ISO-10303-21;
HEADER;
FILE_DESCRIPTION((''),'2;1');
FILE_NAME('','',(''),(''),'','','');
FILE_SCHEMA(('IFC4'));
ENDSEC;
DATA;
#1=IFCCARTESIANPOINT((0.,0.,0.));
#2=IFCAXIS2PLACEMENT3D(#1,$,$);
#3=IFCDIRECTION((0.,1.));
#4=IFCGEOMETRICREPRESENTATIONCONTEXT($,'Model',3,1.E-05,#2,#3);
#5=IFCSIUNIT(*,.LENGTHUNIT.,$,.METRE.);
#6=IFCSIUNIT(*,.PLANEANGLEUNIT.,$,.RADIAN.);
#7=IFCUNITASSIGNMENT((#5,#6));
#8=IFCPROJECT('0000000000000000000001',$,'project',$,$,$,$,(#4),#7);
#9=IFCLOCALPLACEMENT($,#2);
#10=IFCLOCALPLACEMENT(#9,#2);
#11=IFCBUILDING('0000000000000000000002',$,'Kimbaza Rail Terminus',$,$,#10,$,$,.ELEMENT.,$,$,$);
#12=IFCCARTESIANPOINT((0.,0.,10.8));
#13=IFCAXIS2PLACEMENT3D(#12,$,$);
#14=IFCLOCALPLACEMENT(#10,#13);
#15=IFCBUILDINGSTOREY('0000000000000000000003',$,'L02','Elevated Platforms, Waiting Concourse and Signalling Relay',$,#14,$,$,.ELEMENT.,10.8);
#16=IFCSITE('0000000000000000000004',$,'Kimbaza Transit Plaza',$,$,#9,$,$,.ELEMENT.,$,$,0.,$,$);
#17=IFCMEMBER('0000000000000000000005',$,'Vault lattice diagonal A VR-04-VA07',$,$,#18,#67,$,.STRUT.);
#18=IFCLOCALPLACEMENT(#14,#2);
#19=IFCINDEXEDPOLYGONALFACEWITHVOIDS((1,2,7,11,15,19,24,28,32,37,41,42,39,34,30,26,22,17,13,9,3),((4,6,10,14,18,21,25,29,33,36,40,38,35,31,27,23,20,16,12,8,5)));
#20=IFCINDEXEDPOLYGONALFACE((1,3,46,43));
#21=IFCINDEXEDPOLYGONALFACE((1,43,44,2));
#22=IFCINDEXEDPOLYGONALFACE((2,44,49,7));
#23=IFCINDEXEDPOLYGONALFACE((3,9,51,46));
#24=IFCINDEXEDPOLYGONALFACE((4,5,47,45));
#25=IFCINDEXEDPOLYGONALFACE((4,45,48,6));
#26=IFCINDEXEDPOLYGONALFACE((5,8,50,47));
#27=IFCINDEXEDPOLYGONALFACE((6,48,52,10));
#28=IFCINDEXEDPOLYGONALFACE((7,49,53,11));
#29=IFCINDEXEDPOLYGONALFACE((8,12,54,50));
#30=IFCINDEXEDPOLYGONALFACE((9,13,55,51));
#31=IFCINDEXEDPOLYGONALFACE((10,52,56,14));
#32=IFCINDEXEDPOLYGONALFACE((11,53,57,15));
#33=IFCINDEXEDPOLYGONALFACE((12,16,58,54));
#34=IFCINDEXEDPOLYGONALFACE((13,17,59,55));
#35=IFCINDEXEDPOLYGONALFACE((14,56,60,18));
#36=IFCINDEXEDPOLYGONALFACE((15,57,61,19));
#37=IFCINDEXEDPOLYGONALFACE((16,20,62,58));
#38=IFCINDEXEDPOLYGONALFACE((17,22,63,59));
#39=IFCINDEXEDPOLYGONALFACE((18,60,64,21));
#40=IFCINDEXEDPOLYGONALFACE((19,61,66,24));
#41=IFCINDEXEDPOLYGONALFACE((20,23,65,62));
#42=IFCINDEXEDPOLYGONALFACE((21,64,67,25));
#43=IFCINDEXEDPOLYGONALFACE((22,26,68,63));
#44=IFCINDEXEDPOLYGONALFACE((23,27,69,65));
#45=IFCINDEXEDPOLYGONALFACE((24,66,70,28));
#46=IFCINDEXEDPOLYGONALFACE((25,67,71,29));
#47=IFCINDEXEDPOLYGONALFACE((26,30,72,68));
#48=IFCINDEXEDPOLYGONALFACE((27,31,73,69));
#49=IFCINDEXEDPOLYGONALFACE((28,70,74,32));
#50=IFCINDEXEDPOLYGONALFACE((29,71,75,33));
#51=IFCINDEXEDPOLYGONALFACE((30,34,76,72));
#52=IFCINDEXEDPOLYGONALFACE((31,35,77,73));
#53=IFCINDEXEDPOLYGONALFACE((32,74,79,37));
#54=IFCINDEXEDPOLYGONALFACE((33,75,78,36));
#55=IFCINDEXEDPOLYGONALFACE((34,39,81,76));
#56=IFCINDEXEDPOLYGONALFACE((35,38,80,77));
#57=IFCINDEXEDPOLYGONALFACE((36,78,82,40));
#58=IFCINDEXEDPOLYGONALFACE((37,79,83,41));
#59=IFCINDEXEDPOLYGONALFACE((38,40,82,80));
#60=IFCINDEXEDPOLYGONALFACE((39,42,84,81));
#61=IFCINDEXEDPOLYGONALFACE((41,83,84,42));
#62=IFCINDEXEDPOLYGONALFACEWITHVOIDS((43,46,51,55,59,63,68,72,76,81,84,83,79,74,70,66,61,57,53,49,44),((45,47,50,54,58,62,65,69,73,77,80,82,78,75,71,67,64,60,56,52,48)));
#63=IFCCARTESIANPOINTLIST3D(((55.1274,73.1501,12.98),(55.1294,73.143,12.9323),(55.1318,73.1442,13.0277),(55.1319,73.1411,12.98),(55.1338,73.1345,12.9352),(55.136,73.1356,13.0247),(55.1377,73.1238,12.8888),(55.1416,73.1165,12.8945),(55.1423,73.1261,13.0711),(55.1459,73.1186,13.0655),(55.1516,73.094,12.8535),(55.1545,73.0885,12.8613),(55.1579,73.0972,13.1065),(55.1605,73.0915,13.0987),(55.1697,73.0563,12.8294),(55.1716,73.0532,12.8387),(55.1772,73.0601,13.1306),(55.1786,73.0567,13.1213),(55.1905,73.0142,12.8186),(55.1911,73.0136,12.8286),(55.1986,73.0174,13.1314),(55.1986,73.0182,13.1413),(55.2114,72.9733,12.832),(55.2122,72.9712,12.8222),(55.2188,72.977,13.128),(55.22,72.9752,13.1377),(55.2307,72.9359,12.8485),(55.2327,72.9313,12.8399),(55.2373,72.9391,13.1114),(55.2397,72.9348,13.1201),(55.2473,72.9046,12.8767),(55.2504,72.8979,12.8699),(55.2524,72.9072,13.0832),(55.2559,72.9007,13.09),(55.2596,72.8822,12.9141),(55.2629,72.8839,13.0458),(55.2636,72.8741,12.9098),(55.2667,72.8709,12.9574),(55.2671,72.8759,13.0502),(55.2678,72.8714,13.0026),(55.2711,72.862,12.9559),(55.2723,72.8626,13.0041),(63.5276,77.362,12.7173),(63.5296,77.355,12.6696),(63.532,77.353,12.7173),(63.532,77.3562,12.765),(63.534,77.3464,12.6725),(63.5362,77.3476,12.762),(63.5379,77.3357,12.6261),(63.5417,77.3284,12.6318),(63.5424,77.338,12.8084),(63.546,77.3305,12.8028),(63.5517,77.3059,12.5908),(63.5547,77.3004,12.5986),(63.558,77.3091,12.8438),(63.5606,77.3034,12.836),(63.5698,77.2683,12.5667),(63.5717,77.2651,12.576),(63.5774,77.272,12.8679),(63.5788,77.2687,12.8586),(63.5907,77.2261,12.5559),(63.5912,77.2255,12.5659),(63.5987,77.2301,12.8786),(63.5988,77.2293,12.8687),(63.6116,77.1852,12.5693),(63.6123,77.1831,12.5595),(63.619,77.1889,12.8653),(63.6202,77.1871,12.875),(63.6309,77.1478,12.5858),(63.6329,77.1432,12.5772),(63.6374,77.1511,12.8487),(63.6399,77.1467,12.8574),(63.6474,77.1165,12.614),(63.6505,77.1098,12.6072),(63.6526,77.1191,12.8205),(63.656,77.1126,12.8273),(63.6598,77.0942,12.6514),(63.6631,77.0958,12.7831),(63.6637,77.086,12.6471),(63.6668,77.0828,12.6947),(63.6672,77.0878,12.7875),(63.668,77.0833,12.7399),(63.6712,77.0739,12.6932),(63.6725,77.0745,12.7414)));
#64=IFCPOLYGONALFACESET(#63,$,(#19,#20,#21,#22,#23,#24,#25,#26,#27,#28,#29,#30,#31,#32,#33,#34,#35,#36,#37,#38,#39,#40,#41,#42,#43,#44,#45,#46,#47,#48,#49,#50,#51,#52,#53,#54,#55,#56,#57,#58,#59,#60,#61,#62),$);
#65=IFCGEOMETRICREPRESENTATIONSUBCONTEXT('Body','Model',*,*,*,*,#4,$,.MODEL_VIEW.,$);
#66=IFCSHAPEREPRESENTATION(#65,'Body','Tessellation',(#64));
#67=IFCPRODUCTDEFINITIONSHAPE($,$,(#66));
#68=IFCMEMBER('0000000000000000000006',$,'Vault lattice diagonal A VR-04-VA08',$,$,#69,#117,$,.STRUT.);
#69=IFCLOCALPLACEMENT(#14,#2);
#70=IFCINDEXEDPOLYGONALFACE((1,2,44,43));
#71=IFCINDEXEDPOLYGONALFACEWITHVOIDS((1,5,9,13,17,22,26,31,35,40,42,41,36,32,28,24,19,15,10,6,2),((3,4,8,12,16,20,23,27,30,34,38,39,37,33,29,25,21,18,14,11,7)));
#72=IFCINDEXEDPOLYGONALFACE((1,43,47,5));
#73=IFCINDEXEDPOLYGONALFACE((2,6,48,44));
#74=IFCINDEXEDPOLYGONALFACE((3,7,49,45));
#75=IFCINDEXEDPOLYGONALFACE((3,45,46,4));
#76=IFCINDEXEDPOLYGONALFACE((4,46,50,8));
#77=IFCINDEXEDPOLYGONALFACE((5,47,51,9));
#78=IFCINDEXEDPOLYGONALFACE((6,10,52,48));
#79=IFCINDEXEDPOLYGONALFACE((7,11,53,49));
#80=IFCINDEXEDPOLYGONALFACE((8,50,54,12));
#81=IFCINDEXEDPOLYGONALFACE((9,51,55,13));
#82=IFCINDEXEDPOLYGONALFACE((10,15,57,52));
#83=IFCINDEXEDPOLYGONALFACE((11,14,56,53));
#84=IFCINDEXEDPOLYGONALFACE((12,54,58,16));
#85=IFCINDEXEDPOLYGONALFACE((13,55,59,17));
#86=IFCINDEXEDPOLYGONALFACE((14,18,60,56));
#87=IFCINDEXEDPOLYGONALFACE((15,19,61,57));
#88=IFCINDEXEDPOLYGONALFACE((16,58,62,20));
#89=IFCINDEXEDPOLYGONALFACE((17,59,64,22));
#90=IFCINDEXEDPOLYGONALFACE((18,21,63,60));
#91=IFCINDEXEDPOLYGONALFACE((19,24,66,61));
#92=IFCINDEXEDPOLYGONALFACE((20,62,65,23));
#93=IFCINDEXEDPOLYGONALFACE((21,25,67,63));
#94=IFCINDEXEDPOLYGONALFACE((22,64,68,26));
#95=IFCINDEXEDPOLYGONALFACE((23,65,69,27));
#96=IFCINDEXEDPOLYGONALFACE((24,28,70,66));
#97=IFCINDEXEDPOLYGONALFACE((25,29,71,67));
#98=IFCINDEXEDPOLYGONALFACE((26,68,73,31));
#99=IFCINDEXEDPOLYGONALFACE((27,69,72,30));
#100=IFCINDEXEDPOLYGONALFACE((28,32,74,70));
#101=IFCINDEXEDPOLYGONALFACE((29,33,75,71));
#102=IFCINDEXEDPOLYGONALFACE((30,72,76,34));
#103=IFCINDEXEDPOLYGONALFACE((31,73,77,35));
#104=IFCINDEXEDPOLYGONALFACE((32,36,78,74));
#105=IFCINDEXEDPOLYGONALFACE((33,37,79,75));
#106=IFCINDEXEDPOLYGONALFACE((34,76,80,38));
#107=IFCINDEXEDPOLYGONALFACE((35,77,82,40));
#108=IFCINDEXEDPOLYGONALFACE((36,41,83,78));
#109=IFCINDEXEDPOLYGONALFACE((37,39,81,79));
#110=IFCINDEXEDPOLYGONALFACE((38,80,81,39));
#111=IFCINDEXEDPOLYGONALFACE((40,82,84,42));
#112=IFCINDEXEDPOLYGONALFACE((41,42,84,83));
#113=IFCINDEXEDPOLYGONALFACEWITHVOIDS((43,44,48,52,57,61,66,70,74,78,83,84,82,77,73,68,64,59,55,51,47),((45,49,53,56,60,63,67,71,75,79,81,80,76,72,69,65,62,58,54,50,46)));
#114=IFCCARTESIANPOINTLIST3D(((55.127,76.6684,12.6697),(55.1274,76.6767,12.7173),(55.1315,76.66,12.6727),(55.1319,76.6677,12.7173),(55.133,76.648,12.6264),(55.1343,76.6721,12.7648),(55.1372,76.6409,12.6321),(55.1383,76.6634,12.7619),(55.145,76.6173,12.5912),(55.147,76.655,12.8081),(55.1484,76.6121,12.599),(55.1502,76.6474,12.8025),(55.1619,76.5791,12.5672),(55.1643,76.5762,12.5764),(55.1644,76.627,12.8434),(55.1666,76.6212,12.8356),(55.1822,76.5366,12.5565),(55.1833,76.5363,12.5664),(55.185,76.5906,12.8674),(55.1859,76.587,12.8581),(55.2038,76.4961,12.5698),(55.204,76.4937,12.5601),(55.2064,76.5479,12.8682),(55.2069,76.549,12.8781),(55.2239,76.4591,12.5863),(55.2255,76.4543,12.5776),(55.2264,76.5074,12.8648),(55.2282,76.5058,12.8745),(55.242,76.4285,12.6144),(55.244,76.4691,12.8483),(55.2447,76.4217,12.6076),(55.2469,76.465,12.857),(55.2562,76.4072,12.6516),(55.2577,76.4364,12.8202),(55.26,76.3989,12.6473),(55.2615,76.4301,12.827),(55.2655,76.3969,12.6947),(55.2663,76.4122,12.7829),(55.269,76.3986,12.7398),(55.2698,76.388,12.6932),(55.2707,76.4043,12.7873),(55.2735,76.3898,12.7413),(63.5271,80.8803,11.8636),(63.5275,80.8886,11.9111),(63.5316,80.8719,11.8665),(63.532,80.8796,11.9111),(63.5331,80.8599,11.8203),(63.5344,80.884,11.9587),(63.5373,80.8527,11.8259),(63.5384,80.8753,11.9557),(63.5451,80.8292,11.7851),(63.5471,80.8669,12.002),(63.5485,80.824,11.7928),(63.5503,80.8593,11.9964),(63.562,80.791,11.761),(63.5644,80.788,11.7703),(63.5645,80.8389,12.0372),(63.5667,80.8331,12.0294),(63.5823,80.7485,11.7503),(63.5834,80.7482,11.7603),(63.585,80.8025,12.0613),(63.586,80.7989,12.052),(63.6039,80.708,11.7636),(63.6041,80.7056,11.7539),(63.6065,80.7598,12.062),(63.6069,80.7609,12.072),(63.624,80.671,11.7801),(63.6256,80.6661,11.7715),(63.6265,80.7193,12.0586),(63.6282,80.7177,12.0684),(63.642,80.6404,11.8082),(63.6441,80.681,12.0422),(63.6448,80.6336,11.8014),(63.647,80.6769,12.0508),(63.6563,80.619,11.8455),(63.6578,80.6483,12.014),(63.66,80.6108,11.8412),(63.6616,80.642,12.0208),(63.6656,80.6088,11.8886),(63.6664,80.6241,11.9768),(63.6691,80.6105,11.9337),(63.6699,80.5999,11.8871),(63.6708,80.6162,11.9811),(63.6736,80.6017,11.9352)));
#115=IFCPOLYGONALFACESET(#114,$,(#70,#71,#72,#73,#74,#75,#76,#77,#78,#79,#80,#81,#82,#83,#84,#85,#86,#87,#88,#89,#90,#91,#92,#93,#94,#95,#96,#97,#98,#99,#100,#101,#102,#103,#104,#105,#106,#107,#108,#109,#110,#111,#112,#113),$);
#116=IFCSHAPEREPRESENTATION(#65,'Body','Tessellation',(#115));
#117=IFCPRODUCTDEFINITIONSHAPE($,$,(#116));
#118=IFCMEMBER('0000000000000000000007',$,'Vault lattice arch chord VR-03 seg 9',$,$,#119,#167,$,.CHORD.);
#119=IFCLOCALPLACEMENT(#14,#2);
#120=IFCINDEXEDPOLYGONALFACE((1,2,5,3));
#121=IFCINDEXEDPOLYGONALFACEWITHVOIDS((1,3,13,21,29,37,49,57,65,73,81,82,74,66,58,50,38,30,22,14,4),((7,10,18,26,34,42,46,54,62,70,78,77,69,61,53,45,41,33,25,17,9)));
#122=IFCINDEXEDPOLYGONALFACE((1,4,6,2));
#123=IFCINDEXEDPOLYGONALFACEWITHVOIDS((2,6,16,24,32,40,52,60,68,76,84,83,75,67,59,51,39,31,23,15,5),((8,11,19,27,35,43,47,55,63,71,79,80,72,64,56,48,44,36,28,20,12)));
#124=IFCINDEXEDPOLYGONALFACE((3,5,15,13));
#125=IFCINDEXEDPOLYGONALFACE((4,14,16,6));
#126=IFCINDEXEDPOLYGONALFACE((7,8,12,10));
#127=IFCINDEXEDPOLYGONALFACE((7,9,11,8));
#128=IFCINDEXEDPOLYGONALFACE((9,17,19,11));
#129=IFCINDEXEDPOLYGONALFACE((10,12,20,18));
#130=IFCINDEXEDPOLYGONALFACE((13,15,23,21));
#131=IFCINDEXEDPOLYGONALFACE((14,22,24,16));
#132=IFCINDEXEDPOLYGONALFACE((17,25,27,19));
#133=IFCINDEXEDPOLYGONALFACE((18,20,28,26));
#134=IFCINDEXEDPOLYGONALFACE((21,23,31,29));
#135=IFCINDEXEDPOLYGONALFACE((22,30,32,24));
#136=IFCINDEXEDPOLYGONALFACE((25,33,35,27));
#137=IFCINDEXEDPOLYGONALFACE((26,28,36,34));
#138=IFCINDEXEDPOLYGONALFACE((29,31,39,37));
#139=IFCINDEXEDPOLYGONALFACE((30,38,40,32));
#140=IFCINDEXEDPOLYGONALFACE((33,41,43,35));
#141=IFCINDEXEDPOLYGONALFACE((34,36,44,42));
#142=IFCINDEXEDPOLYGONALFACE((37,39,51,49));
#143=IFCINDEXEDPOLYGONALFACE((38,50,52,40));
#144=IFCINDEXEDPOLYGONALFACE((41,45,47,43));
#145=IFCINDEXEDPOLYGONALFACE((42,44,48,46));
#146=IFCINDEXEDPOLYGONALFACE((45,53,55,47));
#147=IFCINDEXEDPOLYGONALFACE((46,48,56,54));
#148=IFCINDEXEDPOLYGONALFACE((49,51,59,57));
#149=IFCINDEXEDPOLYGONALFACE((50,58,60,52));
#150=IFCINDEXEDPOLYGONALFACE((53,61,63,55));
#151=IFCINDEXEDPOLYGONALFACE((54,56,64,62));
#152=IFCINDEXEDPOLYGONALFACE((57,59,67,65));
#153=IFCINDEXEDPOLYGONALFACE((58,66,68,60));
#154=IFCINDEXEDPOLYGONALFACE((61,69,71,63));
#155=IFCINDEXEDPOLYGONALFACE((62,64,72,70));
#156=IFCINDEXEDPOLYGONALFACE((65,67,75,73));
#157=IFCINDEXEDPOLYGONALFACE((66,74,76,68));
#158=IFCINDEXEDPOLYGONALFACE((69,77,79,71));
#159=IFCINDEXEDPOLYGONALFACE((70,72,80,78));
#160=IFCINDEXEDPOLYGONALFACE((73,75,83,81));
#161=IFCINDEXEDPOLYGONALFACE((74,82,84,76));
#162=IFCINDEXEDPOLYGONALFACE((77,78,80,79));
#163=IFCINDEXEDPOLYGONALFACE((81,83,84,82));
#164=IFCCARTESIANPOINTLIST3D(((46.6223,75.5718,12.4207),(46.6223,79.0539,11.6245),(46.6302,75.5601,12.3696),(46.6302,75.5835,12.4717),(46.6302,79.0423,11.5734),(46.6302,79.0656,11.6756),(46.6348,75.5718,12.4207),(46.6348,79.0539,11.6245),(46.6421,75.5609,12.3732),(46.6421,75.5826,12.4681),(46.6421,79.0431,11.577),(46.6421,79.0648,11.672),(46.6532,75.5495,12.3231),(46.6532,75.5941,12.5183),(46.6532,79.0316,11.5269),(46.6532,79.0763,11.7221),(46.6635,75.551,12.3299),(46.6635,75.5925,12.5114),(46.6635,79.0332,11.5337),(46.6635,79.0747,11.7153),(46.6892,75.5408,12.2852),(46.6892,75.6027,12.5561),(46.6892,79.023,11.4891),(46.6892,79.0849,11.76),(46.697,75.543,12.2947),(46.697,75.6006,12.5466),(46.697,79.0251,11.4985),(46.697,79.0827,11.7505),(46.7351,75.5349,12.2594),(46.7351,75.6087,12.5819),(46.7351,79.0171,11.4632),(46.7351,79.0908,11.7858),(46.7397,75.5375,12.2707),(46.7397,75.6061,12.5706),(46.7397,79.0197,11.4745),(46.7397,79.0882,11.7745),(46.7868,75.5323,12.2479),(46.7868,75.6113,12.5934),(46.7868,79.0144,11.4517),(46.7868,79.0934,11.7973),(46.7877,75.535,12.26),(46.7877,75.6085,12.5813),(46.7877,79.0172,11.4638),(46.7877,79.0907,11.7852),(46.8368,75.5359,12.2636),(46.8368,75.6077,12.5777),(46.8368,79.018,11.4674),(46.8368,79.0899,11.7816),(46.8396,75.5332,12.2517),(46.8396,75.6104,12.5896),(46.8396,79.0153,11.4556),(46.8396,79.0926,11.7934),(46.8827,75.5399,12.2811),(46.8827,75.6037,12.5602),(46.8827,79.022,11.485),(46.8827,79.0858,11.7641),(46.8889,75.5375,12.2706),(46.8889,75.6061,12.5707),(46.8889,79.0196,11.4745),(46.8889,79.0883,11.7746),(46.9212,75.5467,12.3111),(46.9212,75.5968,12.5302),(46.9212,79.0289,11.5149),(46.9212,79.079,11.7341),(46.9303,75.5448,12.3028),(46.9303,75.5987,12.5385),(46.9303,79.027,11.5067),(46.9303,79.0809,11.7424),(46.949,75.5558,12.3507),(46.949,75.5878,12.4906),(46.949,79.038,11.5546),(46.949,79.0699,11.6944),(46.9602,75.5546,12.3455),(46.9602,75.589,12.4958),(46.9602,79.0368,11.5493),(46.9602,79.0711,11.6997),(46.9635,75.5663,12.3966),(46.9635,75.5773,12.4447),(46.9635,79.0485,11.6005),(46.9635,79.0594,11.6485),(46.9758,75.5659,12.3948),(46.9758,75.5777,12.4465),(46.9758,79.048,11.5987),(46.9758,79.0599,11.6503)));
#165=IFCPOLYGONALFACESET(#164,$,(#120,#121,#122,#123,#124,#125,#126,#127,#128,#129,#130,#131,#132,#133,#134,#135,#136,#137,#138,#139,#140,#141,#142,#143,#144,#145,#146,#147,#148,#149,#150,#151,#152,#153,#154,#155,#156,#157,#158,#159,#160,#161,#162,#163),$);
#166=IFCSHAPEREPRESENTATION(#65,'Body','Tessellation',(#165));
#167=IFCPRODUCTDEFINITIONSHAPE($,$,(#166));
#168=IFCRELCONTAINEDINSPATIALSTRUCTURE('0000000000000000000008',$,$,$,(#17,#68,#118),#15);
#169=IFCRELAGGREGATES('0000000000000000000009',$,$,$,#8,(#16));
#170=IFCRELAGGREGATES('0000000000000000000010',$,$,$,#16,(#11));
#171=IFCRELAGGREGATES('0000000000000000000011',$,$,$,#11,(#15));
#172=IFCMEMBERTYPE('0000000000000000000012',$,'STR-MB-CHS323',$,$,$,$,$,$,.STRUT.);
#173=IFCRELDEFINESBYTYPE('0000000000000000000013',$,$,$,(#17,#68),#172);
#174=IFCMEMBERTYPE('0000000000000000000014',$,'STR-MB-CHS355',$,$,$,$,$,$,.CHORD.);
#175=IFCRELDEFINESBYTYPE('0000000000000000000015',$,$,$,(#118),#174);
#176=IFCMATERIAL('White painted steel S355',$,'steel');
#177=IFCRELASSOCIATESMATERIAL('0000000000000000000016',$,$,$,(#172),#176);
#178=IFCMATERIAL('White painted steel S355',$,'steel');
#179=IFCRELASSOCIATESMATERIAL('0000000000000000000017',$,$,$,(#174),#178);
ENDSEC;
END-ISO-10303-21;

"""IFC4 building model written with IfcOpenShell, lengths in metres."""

from ifc_helpers import new_model, si_unit, direction, frame, origin, origin_2d, place, context, subcontext, project, spatial, hollow_circle, extrude, material, material_profile, profile_set, type_object, element, save


model = new_model("IFC4")

# Units and contexts
model_context = context("Model", 3, precision=1e-05, world=origin(), true_north=direction((0.0, 1.0)))
body_context = subcontext(model_context, "Body", "Model", "MODEL_VIEW")
ifc_project = project(units=[si_unit("LENGTHUNIT", "METRE"), si_unit("PLANEANGLEUNIT", "RADIAN")], contexts=[model_context])

# Site, building, storey
site_placement = place(None, origin())
site = spatial("IfcSite", under=ifc_project, at=site_placement, Name="Kimbaza Transit Plaza", CompositionType="ELEMENT", RefElevation=0.0)
building_placement = place(site_placement, origin())
building = spatial("IfcBuilding", under=site, at=building_placement, Name="Kimbaza Rail Terminus", CompositionType="ELEMENT")
storey_placement = place(building_placement, frame((0.0, 0.0, 10.8)))
storey = spatial("IfcBuildingStorey", under=building, at=storey_placement, Name="L02", Description="Elevated Platforms, Waiting Concourse and Signalling Relay", CompositionType="ELEMENT", Elevation=10.8)

# Members
ifc_material_1 = material(Name="White painted steel S355", Category="steel")
ifc_material_profile_1 = material_profile(ifc_material_1, hollow_circle(Radius=0.1619, WallThickness=0.01, at=origin_2d()), Name="CHS 323.9x10")
ifc_profile_set_1 = profile_set([ifc_material_profile_1], Name="White painted steel S355")
member_type_1 = type_object("IfcMemberType", Name="STR-MB-CHS323", PredefinedType="STRUT", material=ifc_profile_set_1)
member_1_placement = place(storey_placement, frame((55.2, 73.0054, 12.98), z_axis=(0.893573, 0.448046, -0.027944), x_axis=(-0.448221, 0.893923, 0.0)))
element("IfcMember", 1, at=member_1_placement, inside=storey, type_object=member_type_1, Name="Vault lattice diagonal A VR-04-VA07", PredefinedType="STRUT", context=body_context, shape_type="SweptSolid", body=[
    extrude(hollow_circle(Radius=0.1619, WallThickness=0.01, at=origin_2d()), origin(), (0.0, 0.0, 1.0), 9.4006),
])
member_2_placement = place(storey_placement, frame((55.2, 76.532, 12.7173), z_axis=(0.890651, 0.446581, -0.085475), x_axis=(-0.448221, 0.893923, 0.0)))
element("IfcMember", 2, at=member_2_placement, inside=storey, type_object=member_type_1, Name="Vault lattice diagonal A VR-04-VA08", PredefinedType="STRUT", context=body_context, shape_type="SweptSolid", body=[
    extrude(hollow_circle(Radius=0.1619, WallThickness=0.01, at=origin_2d()), origin(), (0.0, 0.0, 1.0), 9.4314),
])
ifc_material_2 = material(Name="White painted steel S355", Category="steel")
ifc_material_profile_2 = material_profile(ifc_material_2, hollow_circle(Radius=0.1777, WallThickness=0.0125, at=origin_2d()), Name="CHS 355.6x12.5")
ifc_profile_set_2 = profile_set([ifc_material_profile_2], Name="White painted steel S355")
member_type_2 = type_object("IfcMemberType", Name="STR-MB-CHS355", PredefinedType="CHORD", material=ifc_profile_set_2)
member_3_placement = place(storey_placement, frame((46.8, 75.5718, 12.4207), z_axis=(0.0, 0.974845, -0.222882), x_axis=(-1.0, 0.0, 0.0)))
element("IfcMember", 3, at=member_3_placement, inside=storey, type_object=member_type_2, Name="Vault lattice arch chord VR-03 seg 9", PredefinedType="CHORD", context=body_context, shape_type="SweptSolid", body=[
    extrude(hollow_circle(Radius=0.1777, WallThickness=0.0125, at=origin_2d()), origin(), (0.0, 0.0, 1.0), 3.572),
])

save(model, "model.ifc")
